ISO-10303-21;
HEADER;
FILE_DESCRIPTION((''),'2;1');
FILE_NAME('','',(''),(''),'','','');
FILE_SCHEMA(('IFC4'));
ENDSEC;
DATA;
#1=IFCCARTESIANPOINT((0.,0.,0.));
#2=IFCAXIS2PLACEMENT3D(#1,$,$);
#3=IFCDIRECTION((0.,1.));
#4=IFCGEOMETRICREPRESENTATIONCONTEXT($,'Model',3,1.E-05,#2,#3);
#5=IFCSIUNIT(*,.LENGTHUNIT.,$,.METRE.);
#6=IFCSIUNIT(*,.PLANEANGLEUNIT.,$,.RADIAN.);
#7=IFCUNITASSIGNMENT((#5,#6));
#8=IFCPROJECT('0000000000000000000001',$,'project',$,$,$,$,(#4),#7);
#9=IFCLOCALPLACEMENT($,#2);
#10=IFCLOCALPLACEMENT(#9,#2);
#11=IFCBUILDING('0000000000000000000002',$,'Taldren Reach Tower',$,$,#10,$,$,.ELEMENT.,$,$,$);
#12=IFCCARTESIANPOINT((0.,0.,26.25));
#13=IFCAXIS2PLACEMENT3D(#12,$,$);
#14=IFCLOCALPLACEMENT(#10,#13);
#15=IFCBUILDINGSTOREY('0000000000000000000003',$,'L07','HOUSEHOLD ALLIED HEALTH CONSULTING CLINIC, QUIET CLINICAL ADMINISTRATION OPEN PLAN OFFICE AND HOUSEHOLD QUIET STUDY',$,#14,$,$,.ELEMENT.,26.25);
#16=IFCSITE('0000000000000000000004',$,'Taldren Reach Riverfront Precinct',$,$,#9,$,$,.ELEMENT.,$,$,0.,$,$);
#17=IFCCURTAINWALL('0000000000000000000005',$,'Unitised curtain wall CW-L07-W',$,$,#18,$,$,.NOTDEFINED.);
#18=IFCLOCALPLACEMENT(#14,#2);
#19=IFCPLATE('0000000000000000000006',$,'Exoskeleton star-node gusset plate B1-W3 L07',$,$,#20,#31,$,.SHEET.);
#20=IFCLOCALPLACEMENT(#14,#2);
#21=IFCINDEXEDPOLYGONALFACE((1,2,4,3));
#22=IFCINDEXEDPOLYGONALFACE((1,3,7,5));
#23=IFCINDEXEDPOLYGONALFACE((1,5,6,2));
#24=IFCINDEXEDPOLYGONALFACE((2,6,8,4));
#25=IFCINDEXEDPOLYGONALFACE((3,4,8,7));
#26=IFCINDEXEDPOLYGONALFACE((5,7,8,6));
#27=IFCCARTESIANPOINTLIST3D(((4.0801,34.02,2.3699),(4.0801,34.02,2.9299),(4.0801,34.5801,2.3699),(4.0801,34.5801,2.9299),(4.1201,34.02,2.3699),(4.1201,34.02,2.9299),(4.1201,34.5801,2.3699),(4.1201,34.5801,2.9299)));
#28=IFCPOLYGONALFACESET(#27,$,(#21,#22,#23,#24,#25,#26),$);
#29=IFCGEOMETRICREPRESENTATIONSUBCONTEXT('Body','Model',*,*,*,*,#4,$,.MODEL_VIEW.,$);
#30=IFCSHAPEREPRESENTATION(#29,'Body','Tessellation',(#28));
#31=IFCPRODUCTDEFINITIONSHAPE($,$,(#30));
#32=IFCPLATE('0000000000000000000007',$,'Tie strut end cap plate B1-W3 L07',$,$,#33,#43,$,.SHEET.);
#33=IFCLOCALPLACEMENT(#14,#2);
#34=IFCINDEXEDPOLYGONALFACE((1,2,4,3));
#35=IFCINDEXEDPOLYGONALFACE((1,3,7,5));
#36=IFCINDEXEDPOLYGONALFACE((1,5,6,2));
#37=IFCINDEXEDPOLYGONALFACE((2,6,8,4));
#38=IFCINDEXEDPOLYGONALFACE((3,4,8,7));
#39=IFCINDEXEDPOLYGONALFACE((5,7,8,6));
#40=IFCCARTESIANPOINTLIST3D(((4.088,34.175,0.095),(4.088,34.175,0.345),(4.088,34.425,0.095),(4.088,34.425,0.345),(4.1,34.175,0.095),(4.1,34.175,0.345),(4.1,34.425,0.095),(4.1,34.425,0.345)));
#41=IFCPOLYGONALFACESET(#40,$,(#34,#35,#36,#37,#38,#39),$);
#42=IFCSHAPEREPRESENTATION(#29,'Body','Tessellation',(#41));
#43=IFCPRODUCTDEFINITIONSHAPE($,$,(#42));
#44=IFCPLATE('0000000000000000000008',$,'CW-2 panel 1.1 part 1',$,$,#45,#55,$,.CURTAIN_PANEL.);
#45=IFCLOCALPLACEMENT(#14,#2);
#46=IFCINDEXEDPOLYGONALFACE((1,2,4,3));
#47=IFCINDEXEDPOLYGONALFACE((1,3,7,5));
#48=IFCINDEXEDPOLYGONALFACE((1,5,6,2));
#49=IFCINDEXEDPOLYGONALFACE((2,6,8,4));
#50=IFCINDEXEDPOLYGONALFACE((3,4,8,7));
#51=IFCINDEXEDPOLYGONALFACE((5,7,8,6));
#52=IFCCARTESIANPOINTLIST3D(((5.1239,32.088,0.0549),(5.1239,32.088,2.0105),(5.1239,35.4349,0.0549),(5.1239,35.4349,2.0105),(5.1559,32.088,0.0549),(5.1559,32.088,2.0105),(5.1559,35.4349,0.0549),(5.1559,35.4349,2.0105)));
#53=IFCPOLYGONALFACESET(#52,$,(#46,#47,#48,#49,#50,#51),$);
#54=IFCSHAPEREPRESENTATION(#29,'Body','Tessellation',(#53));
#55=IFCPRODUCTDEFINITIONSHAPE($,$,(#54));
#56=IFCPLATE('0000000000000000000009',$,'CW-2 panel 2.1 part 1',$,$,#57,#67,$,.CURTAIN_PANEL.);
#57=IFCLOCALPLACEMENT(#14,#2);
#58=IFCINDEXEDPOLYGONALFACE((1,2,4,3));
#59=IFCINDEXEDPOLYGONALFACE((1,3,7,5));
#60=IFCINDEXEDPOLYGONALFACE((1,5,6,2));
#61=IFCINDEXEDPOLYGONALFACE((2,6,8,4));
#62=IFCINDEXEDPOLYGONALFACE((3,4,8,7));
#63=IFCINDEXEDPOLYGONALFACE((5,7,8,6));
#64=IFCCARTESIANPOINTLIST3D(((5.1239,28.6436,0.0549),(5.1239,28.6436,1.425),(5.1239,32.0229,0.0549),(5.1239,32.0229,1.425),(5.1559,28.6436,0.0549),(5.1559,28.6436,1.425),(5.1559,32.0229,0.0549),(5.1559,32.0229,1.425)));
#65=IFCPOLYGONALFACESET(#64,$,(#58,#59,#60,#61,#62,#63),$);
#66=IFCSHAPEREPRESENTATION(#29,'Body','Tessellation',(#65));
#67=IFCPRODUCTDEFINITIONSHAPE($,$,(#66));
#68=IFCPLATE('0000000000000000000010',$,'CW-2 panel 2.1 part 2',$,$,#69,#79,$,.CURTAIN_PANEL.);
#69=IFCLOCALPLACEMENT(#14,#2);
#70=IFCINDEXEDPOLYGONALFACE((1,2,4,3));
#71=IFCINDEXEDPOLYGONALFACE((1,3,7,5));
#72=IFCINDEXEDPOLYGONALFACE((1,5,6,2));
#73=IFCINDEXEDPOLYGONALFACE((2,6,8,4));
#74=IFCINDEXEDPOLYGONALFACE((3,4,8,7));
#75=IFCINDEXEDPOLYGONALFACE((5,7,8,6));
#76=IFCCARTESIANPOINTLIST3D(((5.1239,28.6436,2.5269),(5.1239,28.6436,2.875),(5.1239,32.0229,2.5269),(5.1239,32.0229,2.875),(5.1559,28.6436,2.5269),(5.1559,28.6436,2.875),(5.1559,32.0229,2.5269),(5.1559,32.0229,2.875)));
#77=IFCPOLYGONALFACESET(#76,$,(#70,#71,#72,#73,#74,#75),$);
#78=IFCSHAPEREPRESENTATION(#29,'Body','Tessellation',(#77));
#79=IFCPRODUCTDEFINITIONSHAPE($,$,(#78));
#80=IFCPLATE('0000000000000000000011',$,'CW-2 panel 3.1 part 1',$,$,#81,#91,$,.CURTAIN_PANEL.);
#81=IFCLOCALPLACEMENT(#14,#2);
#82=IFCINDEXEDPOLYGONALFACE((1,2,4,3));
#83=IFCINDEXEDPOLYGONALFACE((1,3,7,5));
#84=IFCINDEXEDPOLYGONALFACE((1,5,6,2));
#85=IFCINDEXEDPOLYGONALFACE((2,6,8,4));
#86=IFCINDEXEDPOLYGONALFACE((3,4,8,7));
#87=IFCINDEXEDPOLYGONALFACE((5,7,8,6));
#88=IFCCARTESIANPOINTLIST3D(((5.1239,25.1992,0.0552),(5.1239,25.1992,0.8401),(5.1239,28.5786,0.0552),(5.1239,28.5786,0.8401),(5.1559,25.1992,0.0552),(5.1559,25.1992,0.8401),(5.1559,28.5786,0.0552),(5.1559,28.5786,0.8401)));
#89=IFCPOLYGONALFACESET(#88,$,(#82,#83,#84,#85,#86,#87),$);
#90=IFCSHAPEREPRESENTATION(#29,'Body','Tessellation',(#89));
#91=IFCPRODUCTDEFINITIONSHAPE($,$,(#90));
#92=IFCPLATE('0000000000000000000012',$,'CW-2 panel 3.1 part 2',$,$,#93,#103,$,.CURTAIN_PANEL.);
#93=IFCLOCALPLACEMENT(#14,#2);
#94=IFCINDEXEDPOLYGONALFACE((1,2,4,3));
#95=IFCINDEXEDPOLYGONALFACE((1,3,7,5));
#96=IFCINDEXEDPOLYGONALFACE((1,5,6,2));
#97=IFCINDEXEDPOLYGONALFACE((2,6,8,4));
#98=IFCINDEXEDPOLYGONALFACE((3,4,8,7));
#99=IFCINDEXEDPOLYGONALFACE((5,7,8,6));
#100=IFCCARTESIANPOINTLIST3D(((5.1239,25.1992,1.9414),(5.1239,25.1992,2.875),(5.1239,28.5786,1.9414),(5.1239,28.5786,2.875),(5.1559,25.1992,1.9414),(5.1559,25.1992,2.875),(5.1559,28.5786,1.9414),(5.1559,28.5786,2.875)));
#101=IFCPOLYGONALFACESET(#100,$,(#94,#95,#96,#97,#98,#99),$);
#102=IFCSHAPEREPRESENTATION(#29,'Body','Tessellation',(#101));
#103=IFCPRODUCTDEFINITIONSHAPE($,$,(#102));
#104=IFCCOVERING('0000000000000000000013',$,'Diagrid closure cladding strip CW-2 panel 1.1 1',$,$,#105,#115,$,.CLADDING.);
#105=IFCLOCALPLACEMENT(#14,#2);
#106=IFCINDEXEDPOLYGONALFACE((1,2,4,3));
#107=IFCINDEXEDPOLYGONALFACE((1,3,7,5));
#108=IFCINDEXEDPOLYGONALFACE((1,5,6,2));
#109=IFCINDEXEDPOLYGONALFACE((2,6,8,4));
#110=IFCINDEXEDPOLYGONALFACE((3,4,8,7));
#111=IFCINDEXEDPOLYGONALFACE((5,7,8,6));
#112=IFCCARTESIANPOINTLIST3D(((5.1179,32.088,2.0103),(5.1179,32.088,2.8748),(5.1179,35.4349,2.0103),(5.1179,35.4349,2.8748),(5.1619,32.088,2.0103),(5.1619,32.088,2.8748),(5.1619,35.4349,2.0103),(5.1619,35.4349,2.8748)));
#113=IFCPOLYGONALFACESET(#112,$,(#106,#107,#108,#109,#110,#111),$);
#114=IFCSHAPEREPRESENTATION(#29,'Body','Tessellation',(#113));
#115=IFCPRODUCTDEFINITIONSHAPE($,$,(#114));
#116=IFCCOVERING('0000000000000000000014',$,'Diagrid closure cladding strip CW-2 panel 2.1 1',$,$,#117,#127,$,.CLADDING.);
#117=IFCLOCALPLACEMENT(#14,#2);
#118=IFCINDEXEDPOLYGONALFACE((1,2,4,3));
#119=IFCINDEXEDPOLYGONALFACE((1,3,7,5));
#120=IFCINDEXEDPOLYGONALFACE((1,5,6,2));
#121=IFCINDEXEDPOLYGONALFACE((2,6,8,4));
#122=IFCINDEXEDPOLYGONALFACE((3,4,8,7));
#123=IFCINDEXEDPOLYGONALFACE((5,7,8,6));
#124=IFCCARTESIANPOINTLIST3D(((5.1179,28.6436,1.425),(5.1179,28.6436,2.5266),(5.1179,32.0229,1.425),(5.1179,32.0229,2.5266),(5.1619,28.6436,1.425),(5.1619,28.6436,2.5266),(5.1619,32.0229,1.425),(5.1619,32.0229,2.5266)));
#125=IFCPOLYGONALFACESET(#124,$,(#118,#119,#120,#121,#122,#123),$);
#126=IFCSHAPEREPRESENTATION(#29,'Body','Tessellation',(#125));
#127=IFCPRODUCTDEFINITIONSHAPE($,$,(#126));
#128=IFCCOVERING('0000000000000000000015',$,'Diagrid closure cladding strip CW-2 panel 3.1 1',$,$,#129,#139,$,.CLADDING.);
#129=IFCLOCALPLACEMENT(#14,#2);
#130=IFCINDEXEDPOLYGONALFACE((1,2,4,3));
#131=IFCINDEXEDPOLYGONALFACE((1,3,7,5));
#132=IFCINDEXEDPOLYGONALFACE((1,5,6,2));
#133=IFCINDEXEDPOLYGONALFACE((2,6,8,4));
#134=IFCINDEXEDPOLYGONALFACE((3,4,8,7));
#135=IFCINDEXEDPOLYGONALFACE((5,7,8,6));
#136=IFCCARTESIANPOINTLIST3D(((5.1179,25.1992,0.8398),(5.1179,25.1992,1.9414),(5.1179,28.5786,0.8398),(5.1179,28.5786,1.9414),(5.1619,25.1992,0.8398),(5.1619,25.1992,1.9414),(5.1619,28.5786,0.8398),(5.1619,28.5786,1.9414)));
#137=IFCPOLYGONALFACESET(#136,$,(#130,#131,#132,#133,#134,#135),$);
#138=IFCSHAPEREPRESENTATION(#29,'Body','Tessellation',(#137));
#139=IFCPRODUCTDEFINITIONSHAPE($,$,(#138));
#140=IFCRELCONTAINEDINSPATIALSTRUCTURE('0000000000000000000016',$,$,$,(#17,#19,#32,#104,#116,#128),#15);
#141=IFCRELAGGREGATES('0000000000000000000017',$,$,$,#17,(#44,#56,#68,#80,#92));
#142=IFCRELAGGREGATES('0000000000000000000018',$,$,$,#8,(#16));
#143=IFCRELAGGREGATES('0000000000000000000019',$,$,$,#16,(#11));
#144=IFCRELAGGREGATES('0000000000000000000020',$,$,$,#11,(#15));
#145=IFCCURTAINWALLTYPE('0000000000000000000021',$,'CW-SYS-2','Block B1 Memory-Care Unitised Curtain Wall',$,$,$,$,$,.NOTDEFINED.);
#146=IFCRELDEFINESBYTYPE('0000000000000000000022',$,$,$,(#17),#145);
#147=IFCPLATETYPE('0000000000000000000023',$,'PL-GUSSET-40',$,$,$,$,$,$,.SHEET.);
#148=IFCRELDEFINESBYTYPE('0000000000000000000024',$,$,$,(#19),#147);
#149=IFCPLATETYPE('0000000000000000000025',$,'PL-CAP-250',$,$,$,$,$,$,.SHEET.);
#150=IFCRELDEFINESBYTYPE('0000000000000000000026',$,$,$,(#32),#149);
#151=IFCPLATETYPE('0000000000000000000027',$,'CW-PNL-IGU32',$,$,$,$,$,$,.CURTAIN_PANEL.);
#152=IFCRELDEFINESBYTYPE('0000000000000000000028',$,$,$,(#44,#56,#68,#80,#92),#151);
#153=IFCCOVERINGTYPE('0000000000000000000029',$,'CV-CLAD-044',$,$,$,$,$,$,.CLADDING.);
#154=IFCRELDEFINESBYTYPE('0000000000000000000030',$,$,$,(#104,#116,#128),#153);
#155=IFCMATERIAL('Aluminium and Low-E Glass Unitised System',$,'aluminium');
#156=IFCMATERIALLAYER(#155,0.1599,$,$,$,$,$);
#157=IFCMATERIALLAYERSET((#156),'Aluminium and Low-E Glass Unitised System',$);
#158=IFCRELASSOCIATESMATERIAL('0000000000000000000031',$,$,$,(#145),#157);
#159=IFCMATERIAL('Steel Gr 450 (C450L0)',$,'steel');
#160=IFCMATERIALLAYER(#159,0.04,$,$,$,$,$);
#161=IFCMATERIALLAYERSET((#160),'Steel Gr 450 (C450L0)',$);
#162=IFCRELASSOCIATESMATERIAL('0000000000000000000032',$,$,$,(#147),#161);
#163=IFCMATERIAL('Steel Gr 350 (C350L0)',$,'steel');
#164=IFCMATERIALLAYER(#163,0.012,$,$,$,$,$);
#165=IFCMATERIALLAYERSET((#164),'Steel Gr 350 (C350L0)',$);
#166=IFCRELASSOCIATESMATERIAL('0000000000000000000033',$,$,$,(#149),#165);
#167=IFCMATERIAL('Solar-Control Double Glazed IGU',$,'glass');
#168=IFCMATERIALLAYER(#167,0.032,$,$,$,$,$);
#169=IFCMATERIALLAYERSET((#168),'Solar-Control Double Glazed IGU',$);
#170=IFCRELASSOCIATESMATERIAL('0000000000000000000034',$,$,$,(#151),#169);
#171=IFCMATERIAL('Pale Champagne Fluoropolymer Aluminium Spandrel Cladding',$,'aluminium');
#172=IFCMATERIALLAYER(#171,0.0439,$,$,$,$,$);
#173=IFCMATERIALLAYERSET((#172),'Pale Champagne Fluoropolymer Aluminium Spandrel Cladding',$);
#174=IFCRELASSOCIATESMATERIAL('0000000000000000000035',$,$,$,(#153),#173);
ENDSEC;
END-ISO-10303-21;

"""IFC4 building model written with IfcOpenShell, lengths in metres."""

from ifc_helpers import new_model, si_unit, direction, frame, origin, origin_2d, place, context, subcontext, project, spatial, rectangle, extrude, source, transform, mapped, material, layer, layer_set, type_object, element, aggregate, save


model = new_model("IFC4")

# Units and contexts
model_context = context("Model", 3, precision=1e-05, world=origin(), true_north=direction((0.0, 1.0)))
body_context = subcontext(model_context, "Body", "Model", "MODEL_VIEW")
ifc_project = project(units=[si_unit("LENGTHUNIT", "METRE"), si_unit("PLANEANGLEUNIT", "RADIAN")], contexts=[model_context])

# Site, building, storey
site_placement = place(None, origin())
site = spatial("IfcSite", under=ifc_project, at=site_placement, Name="Taldren Reach Riverfront Precinct", CompositionType="ELEMENT", RefElevation=0.0)
building_placement = place(site_placement, origin())
building = spatial("IfcBuilding", under=site, at=building_placement, Name="Taldren Reach Tower", CompositionType="ELEMENT")
storey_placement = place(building_placement, frame((0.0, 0.0, 26.25)))
storey = spatial("IfcBuildingStorey", under=building, at=storey_placement, Name="L07", Description="HOUSEHOLD ALLIED HEALTH CONSULTING CLINIC, QUIET CLINICAL ADMINISTRATION OPEN PLAN OFFICE AND HOUSEHOLD QUIET STUDY", CompositionType="ELEMENT", Elevation=26.25)

# Shared definitions
ifc_material_1 = material(Name="Steel Gr 450 (C450L0)", Category="steel")

# Curtain wall
ifc_material_2 = material(Name="Aluminium and Low-E Glass Unitised System", Category="aluminium")
ifc_layer_1 = layer(ifc_material_2, 0.1599)
ifc_layer_set_1 = layer_set([ifc_layer_1], Name="Aluminium and Low-E Glass Unitised System")
curtain_wall_type = type_object("IfcCurtainWallType", Name="CW-SYS-2", Description="Block B1 Memory-Care Unitised Curtain Wall", PredefinedType="NOTDEFINED", material=ifc_layer_set_1)
curtain_wall_placement = place(storey_placement, origin())
curtain_wall = element("IfcCurtainWall", 1, at=curtain_wall_placement, inside=storey, type_object=curtain_wall_type, Name="Unitised curtain wall CW-L07-W", PredefinedType="NOTDEFINED")

# Plates
ifc_layer_2 = layer(ifc_material_1, 0.04)
ifc_layer_set_2 = layer_set([ifc_layer_2], Name="Steel Gr 450 (C450L0)")
plate_type_1 = type_object("IfcPlateType", Name="PL-GUSSET-40", PredefinedType="SHEET", material=ifc_layer_set_2)
shared_shape_1 = source(origin(), body_context, "Body", "SweptSolid", [
    extrude(rectangle(XDim=0.5601, YDim=0.04, at=origin_2d()), origin(), (0.0, 0.0, 1.0), 0.5601),
])
plate_1_placement = place(storey_placement, frame((4.1001, 34.3, 2.3699), z_axis=(0.0, 0.0, 1.0), x_axis=(0.0, 1.0, 0.0)))
element("IfcPlate", 2, at=plate_1_placement, inside=storey, type_object=plate_type_1, Name="Exoskeleton star-node gusset plate B1-W3 L07", PredefinedType="SHEET", context=body_context, shape_type="MappedRepresentation", body=[
    mapped(shared_shape_1, transform((0.0, 0.0, 0.0), scale=1.0)),
])
ifc_material_3 = material(Name="Steel Gr 350 (C350L0)", Category="steel")
ifc_layer_3 = layer(ifc_material_3, 0.012)
ifc_layer_set_3 = layer_set([ifc_layer_3], Name="Steel Gr 350 (C350L0)")
plate_type_2 = type_object("IfcPlateType", Name="PL-CAP-250", PredefinedType="SHEET", material=ifc_layer_set_3)
shared_shape_2 = source(origin(), body_context, "Body", "SweptSolid", [
    extrude(rectangle(XDim=0.012, YDim=0.25, at=origin_2d()), origin(), (0.0, 0.0, 1.0), 0.25),
])
plate_2_placement = place(storey_placement, frame((4.094, 34.3, 0.095), z_axis=(0.0, 0.0, 1.0), x_axis=(1.0, 0.0, 0.0)))
element("IfcPlate", 3, at=plate_2_placement, inside=storey, type_object=plate_type_2, Name="Tie strut end cap plate B1-W3 L07", PredefinedType="SHEET", context=body_context, shape_type="MappedRepresentation", body=[
    mapped(shared_shape_2, transform((0.0, 0.0, 0.0), scale=1.0)),
])

# Plates
ifc_material_4 = material(Name="Solar-Control Double Glazed IGU", Category="glass")
ifc_layer_4 = layer(ifc_material_4, 0.032)
ifc_layer_set_4 = layer_set([ifc_layer_4], Name="Solar-Control Double Glazed IGU")
plate_type_3 = type_object("IfcPlateType", Name="CW-PNL-IGU32", PredefinedType="CURTAIN_PANEL", material=ifc_layer_set_4)
shared_shape_3 = source(origin(), body_context, "Body", "SweptSolid", [
    extrude(rectangle(XDim=3.3469, YDim=0.032, at=origin_2d()), origin(), (0.0, 0.0, 1.0), 1.9556),
])
plate_3_placement = place(storey_placement, frame((5.1399, 33.7615, 0.0549), z_axis=(0.0, 0.0, 1.0), x_axis=(0.0, -1.0, 0.0)))
plate_3 = element("IfcPlate", 4, at=plate_3_placement, type_object=plate_type_3, Name="CW-2 panel 1.1 part 1", PredefinedType="CURTAIN_PANEL", context=body_context, shape_type="MappedRepresentation", body=[
    mapped(shared_shape_3, transform((0.0, 0.0, 0.0), scale=1.0)),
])
shared_shape_4 = source(origin(), body_context, "Body", "SweptSolid", [
    extrude(rectangle(XDim=3.3794, YDim=0.032, at=origin_2d()), origin(), (0.0, 0.0, 1.0), 1.3701),
])
plate_4_placement = place(storey_placement, frame((5.1399, 30.3333, 0.0549), z_axis=(0.0, 0.0, 1.0), x_axis=(0.0, -1.0, 0.0)))
plate_4 = element("IfcPlate", 5, at=plate_4_placement, type_object=plate_type_3, Name="CW-2 panel 2.1 part 1", PredefinedType="CURTAIN_PANEL", context=body_context, shape_type="MappedRepresentation", body=[
    mapped(shared_shape_4, transform((0.0, 0.0, 0.0), scale=1.0)),
])
shared_shape_5 = source(origin(), body_context, "Body", "SweptSolid", [
    extrude(rectangle(XDim=3.3794, YDim=0.032, at=origin_2d()), origin(), (0.0, 0.0, 1.0), 0.3481),
])
plate_5_placement = place(storey_placement, frame((5.1399, 30.3333, 2.5269), z_axis=(0.0, 0.0, 1.0), x_axis=(0.0, -1.0, 0.0)))
plate_5 = element("IfcPlate", 6, at=plate_5_placement, type_object=plate_type_3, Name="CW-2 panel 2.1 part 2", PredefinedType="CURTAIN_PANEL", context=body_context, shape_type="MappedRepresentation", body=[
    mapped(shared_shape_5, transform((0.0, 0.0, 0.0), scale=1.0)),
])
shared_shape_6 = source(origin(), body_context, "Body", "SweptSolid", [
    extrude(rectangle(XDim=3.3794, YDim=0.032, at=origin_2d()), origin(), (0.0, 0.0, 1.0), 0.7849),
])
plate_6_placement = place(storey_placement, frame((5.1399, 26.8889, 0.0552), z_axis=(0.0, 0.0, 1.0), x_axis=(0.0, -1.0, 0.0)))
plate_6 = element("IfcPlate", 7, at=plate_6_placement, type_object=plate_type_3, Name="CW-2 panel 3.1 part 1", PredefinedType="CURTAIN_PANEL", context=body_context, shape_type="MappedRepresentation", body=[
    mapped(shared_shape_6, transform((0.0, 0.0, 0.0), scale=1.0)),
])
shared_shape_7 = source(origin(), body_context, "Body", "SweptSolid", [
    extrude(rectangle(XDim=3.3794, YDim=0.032, at=origin_2d()), origin(), (0.0, 0.0, 1.0), 0.9336),
])
plate_7_placement = place(storey_placement, frame((5.1399, 26.8889, 1.9414), z_axis=(0.0, 0.0, 1.0), x_axis=(0.0, -1.0, 0.0)))
plate_7 = element("IfcPlate", 8, at=plate_7_placement, type_object=plate_type_3, Name="CW-2 panel 3.1 part 2", PredefinedType="CURTAIN_PANEL", context=body_context, shape_type="MappedRepresentation", body=[
    mapped(shared_shape_7, transform((0.0, 0.0, 0.0), scale=1.0)),
])
aggregate(curtain_wall, [plate_3, plate_4, plate_5, plate_6, plate_7])

# Coverings
ifc_material_5 = material(Name="Pale Champagne Fluoropolymer Aluminium Spandrel Cladding", Category="aluminium")
ifc_layer_5 = layer(ifc_material_5, 0.0439)
ifc_layer_set_5 = layer_set([ifc_layer_5], Name="Pale Champagne Fluoropolymer Aluminium Spandrel Cladding")
covering_type = type_object("IfcCoveringType", Name="CV-CLAD-044", PredefinedType="CLADDING", material=ifc_layer_set_5)
shared_shape_8 = source(origin(), body_context, "Body", "SweptSolid", [
    extrude(rectangle(XDim=3.3469, YDim=0.0439, at=origin_2d()), origin(), (0.0, 0.0, 1.0), 0.8645),
])
covering_placement = place(storey_placement, frame((5.1399, 33.7615, 2.0103), z_axis=(0.0, 0.0, 1.0), x_axis=(0.0, -1.0, 0.0)))
element("IfcCovering", 9, at=covering_placement, inside=storey, type_object=covering_type, Name="Diagrid closure cladding strip CW-2 panel 1.1 1", PredefinedType="CLADDING", context=body_context, shape_type="MappedRepresentation", body=[
    mapped(shared_shape_8, transform((0.0, 0.0, 0.0), scale=1.0)),
])
shared_shape_9 = source(origin(), body_context, "Body", "SweptSolid", [
    extrude(rectangle(XDim=3.3794, YDim=0.0439, at=origin_2d()), origin(), (0.0, 0.0, 1.0), 1.1016),
])
for number, where, z_axis, x_axis, name in (
    (10, (5.1399, 30.3333, 1.425), (0.0, 0.0, 1.0), (0.0, -1.0, 0.0), "Diagrid closure cladding strip CW-2 panel 2.1 1"),
    (11, (5.1399, 26.8889, 0.8398), (0.0, 0.0, 1.0), (0.0, -1.0, 0.0), "Diagrid closure cladding strip CW-2 panel 3.1 1"),
):
    element("IfcCovering", number, at=place(storey_placement, frame(where, z_axis=z_axis, x_axis=x_axis)), inside=storey, type_object=covering_type, Name=name, PredefinedType="CLADDING", context=body_context, shape_type="MappedRepresentation", body=[
        mapped(shared_shape_9, transform((0.0, 0.0, 0.0), scale=1.0)),
    ])

save(model, "model.ifc")
